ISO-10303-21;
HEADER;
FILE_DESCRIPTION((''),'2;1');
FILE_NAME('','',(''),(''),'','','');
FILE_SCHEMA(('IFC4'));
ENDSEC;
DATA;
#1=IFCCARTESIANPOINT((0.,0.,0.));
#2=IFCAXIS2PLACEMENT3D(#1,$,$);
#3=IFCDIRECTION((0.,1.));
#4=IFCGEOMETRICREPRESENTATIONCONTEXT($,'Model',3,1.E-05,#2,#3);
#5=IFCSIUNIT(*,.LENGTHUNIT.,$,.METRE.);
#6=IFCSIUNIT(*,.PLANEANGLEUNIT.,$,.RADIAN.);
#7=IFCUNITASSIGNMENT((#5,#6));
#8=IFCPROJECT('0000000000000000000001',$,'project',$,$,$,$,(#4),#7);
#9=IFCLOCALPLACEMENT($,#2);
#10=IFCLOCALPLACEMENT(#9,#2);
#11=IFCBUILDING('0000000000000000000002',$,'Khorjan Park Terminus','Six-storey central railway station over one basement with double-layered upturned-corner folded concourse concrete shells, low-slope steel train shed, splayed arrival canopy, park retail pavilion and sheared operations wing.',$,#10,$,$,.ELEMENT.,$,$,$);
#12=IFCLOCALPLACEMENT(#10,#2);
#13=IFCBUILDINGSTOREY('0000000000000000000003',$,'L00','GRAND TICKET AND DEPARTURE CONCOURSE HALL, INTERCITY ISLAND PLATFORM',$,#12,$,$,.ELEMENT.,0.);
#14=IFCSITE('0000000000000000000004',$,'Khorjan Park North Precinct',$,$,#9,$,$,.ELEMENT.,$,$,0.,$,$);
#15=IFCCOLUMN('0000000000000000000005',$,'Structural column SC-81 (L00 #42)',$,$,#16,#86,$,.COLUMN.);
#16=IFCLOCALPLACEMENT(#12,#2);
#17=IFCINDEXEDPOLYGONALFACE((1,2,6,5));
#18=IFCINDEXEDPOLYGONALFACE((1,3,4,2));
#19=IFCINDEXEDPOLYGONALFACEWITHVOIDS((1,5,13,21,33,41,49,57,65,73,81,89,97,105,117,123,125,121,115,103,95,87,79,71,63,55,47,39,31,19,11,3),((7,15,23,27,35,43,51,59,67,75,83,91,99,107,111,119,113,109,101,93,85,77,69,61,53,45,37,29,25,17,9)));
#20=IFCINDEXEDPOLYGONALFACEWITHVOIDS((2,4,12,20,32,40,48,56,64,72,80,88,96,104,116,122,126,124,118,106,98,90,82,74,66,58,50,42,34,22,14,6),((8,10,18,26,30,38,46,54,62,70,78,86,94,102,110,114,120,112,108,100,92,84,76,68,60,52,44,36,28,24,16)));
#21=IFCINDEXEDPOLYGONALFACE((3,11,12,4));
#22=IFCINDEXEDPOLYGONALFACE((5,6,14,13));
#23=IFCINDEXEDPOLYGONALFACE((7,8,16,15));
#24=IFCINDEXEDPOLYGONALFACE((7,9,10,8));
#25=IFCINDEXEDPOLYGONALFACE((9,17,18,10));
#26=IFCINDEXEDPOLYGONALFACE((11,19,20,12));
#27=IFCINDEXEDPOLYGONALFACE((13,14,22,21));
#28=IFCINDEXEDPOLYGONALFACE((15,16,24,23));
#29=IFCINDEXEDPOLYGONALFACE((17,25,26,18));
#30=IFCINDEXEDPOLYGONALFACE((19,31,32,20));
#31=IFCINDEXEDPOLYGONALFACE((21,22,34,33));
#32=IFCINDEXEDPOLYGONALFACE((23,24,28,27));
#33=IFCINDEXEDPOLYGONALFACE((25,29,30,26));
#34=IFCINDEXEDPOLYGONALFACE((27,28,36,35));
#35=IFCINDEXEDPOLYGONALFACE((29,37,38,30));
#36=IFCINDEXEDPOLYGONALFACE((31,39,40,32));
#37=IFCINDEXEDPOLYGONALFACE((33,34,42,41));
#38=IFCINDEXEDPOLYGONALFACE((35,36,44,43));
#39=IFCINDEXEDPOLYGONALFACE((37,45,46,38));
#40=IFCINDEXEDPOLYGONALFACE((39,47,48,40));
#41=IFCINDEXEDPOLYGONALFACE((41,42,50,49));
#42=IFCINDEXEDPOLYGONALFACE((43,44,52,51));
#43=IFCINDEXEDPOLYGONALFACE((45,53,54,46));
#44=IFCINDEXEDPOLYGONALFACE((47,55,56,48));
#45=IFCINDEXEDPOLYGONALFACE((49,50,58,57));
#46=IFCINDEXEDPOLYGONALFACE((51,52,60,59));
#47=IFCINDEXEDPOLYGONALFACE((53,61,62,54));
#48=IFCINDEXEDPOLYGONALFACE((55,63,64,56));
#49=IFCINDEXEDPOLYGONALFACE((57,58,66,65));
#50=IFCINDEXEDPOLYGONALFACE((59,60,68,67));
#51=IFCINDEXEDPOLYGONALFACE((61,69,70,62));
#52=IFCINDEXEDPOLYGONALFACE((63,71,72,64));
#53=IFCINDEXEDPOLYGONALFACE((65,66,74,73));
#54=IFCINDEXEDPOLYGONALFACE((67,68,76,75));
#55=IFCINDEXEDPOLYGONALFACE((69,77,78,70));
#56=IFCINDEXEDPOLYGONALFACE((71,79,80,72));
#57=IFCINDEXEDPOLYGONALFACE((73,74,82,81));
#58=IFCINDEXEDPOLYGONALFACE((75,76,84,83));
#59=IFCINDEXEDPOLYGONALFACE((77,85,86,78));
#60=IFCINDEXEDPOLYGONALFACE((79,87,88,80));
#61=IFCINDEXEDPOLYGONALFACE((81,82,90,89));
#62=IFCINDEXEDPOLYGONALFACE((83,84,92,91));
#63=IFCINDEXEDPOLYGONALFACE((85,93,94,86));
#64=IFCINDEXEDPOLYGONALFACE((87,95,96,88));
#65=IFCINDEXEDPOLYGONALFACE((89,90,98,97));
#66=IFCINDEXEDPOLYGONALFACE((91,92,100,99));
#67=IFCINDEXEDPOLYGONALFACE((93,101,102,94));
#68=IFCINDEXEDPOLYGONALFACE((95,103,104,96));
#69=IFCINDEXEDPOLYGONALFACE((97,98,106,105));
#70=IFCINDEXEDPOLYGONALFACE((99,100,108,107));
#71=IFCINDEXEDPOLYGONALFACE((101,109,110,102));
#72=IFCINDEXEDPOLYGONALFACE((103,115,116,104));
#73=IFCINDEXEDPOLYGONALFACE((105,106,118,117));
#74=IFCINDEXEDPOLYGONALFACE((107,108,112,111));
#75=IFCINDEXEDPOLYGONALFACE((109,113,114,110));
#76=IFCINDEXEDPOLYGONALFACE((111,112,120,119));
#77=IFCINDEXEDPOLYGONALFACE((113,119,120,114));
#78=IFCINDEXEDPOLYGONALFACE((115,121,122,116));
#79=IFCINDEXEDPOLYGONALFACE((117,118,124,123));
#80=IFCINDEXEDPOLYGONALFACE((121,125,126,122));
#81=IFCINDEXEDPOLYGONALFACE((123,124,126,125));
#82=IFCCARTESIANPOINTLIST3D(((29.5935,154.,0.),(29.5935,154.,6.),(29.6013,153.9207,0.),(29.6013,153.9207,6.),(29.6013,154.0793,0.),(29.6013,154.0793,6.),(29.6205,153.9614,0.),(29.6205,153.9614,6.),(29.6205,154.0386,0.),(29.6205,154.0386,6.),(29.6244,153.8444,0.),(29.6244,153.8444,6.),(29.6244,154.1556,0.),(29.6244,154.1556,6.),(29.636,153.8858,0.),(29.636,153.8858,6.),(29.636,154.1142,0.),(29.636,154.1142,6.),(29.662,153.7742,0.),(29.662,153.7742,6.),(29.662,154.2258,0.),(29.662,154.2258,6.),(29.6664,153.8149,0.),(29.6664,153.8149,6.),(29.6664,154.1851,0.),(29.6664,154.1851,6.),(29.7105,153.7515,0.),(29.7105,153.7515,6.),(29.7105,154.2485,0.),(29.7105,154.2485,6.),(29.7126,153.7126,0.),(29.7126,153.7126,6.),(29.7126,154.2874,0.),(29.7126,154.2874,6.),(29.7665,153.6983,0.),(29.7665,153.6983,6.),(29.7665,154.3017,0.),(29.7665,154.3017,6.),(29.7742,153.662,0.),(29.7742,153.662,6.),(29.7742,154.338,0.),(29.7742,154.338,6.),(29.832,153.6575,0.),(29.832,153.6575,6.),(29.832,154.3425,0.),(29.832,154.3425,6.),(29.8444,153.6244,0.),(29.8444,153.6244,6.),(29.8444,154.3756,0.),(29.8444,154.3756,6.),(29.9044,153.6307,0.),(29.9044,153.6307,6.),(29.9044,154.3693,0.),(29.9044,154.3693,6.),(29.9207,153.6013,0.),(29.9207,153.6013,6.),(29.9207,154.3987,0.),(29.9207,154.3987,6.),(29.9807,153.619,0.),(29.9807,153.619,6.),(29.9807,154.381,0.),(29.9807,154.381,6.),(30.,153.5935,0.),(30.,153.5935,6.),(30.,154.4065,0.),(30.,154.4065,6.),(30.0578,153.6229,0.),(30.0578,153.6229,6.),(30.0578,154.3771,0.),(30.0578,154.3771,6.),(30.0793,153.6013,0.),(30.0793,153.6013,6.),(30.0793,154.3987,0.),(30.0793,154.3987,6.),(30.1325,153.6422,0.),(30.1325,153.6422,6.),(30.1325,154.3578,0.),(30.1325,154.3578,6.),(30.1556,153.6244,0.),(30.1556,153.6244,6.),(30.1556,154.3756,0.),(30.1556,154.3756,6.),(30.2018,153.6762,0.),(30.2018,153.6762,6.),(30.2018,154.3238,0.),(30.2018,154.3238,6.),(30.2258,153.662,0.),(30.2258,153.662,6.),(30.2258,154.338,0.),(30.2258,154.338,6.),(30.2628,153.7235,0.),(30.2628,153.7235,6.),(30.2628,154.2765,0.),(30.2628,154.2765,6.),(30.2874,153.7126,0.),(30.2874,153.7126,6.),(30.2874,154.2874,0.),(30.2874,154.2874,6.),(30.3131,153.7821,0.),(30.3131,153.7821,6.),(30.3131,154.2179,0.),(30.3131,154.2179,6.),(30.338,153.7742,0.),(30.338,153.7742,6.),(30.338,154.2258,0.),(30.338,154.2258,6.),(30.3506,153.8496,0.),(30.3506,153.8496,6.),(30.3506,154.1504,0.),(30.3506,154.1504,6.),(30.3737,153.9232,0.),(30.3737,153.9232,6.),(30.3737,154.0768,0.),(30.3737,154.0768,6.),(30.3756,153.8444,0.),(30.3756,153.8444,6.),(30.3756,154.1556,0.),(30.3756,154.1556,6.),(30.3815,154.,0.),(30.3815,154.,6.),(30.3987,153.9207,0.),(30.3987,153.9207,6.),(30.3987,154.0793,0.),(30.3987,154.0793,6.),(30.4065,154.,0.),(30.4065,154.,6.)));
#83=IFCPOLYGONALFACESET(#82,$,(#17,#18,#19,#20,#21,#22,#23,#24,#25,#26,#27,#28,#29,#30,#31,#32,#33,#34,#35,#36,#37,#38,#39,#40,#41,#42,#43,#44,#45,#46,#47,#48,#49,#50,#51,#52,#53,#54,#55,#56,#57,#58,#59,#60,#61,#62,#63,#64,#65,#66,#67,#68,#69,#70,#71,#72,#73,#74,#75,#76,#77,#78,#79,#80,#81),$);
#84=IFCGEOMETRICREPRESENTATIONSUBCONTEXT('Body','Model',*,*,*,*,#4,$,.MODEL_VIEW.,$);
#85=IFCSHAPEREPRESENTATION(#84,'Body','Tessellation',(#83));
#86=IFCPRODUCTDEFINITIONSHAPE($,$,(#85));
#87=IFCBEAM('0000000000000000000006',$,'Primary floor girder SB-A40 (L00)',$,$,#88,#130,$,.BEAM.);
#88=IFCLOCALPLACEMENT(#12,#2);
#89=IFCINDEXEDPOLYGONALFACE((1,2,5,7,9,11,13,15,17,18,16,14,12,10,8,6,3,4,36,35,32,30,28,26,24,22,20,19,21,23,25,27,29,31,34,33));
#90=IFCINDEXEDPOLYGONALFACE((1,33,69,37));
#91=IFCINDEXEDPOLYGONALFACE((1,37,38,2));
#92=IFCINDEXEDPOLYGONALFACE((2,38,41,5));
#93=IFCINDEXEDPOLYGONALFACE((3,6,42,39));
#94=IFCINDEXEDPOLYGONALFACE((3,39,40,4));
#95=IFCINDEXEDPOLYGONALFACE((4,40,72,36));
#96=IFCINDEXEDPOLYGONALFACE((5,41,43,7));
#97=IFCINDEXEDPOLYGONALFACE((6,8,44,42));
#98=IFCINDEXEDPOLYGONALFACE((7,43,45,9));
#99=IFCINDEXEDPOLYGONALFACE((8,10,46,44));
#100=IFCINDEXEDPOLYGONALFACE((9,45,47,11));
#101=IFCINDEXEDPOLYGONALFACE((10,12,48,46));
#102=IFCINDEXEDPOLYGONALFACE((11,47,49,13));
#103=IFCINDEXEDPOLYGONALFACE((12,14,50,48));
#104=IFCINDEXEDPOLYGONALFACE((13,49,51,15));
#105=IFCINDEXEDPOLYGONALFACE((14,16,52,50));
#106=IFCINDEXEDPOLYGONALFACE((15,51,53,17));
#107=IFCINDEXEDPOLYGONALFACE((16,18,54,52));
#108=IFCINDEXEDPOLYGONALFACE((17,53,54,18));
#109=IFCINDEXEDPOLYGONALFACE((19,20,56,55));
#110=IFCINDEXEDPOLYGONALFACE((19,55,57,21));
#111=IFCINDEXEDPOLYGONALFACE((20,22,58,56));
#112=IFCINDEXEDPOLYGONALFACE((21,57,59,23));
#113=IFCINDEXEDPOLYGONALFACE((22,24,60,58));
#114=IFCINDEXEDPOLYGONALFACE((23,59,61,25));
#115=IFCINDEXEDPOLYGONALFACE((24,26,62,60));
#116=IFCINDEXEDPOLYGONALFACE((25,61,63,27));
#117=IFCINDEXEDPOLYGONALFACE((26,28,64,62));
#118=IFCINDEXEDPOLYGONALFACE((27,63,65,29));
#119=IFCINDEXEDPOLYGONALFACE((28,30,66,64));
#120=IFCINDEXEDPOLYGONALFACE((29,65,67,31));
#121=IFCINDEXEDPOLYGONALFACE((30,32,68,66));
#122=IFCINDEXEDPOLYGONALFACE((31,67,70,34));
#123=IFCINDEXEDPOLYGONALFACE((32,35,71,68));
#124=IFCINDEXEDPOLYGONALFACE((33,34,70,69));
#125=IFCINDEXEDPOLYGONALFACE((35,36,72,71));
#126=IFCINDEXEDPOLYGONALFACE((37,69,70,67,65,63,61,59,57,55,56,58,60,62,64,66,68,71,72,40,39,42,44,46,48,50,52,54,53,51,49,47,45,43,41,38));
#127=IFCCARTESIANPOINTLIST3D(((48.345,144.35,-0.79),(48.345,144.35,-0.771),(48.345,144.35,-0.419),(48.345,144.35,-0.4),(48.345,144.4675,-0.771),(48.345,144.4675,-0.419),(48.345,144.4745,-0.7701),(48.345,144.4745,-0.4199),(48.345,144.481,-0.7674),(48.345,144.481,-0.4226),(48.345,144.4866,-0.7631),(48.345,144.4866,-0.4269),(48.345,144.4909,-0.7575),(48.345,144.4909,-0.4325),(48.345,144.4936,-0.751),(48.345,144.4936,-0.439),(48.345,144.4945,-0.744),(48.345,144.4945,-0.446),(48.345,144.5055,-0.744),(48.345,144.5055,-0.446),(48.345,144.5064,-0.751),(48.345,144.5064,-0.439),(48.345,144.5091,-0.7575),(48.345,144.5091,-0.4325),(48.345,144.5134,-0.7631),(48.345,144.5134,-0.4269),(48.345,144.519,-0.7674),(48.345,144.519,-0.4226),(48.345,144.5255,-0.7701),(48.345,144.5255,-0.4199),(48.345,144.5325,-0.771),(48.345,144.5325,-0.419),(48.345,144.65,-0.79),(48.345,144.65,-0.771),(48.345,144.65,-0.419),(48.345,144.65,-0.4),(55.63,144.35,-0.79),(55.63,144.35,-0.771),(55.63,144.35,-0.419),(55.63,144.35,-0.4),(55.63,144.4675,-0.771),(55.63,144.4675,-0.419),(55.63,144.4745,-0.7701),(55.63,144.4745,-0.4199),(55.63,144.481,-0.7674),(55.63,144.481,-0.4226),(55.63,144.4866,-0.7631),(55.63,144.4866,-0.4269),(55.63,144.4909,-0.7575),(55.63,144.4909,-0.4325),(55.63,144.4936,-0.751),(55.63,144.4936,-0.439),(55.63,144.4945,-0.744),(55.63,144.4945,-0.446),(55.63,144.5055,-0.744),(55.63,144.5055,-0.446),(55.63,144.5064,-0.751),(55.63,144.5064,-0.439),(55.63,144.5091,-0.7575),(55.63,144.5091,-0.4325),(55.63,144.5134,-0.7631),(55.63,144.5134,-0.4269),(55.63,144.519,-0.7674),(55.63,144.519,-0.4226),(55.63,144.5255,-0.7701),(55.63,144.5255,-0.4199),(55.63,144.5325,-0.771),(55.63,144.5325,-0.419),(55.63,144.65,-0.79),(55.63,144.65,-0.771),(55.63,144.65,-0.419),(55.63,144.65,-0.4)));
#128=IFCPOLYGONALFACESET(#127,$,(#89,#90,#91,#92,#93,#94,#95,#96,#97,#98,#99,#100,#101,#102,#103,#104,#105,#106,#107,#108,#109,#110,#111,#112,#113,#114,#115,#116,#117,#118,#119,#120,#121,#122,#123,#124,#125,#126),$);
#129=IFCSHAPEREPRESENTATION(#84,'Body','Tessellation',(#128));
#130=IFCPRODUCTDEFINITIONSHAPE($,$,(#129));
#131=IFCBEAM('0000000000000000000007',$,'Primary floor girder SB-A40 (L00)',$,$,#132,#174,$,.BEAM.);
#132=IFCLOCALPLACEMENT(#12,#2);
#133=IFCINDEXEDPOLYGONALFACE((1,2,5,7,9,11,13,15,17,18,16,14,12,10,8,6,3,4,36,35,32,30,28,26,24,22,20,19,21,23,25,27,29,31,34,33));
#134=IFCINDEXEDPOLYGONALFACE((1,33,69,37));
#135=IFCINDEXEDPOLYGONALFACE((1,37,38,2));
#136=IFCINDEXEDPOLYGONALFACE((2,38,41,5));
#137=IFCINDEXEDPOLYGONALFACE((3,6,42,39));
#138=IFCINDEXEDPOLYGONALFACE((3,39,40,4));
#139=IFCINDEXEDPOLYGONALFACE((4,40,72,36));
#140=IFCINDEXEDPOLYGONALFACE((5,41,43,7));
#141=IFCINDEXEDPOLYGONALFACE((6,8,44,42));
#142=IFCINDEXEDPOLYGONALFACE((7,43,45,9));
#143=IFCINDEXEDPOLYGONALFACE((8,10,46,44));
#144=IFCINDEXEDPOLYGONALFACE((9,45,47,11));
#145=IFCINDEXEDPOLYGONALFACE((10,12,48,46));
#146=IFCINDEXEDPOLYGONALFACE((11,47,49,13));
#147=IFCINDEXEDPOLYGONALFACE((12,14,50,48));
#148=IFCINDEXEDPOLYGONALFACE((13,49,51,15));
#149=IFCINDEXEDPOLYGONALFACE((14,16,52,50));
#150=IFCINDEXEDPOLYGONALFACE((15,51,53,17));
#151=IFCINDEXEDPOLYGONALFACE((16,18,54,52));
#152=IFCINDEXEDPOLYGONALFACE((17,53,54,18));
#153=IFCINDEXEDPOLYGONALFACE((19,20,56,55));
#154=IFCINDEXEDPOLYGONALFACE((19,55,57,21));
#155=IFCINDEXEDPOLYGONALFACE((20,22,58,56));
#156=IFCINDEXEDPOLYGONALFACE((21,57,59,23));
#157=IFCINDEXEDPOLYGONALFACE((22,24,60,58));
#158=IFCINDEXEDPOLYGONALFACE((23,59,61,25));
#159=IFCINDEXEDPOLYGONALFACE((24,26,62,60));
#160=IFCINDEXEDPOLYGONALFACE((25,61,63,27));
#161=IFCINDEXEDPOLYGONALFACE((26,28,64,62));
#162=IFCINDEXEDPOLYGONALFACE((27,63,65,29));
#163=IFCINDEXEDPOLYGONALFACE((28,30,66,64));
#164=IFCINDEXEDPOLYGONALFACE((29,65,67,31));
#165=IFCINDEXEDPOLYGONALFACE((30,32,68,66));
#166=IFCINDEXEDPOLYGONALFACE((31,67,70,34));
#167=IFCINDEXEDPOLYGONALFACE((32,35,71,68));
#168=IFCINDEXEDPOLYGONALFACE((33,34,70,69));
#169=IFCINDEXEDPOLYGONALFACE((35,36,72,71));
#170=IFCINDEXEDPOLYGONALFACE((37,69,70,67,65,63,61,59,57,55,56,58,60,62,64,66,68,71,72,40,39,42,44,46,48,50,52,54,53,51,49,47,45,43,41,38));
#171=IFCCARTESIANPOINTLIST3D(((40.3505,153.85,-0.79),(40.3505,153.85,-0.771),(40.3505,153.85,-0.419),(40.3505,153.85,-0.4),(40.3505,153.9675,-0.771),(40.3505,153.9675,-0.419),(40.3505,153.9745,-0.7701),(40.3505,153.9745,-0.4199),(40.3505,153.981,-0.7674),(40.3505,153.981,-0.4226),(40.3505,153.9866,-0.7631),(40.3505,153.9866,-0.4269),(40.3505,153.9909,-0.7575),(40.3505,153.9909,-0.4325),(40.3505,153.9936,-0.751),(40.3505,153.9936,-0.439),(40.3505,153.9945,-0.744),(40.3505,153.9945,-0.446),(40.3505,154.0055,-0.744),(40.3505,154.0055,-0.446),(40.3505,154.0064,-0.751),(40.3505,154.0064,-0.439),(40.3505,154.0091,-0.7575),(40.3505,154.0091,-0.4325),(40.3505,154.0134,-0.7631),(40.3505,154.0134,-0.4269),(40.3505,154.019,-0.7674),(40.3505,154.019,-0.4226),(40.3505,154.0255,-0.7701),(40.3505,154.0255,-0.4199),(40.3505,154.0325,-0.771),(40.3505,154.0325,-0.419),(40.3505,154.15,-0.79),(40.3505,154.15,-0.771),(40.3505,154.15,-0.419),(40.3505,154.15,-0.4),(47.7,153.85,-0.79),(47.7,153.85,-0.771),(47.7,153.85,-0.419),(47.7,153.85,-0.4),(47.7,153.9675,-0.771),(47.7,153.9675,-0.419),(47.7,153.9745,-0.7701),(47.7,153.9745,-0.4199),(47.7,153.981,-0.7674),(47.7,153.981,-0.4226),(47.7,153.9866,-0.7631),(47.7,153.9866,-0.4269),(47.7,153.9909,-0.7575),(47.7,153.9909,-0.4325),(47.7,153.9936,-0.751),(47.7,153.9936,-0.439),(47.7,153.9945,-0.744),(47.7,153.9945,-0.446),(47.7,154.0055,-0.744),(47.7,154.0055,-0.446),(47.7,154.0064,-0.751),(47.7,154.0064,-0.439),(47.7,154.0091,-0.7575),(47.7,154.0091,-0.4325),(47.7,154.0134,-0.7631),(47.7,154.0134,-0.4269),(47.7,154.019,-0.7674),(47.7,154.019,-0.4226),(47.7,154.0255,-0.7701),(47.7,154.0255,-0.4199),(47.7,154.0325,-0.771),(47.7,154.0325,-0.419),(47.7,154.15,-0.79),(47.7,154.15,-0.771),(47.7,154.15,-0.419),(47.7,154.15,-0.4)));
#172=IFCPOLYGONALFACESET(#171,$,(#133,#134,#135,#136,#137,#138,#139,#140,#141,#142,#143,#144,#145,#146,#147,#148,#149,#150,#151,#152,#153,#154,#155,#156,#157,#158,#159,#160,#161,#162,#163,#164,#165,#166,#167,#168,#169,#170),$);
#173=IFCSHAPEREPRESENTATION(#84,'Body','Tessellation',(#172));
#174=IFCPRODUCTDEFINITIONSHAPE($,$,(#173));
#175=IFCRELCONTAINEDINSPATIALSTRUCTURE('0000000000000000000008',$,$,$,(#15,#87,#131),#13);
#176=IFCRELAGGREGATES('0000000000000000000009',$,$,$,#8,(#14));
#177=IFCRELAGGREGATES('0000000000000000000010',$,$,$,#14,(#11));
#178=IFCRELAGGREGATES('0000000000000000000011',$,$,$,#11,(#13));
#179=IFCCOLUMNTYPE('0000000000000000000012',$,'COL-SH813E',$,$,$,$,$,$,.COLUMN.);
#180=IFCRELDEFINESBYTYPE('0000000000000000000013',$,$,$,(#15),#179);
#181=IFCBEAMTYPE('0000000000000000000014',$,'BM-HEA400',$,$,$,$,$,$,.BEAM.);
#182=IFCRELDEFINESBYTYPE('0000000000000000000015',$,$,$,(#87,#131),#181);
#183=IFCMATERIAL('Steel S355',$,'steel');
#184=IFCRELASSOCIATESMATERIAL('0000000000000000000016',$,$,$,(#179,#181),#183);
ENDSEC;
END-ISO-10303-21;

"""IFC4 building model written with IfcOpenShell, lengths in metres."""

from ifc_helpers import new_model, si_unit, direction, frame, origin, origin_2d, place, context, subcontext, project, spatial, hollow_circle, i_section, extrude, material, material_profile, profile_set, type_object, element, save


model = new_model("IFC4")

# Units and contexts
model_context = context("Model", 3, precision=1e-05, world=origin(), true_north=direction((0.0, 1.0)))
body_context = subcontext(model_context, "Body", "Model", "MODEL_VIEW")
ifc_project = project(units=[si_unit("LENGTHUNIT", "METRE"), si_unit("PLANEANGLEUNIT", "RADIAN")], contexts=[model_context])

# Site, building, storey
site_placement = place(None, origin())
site = spatial("IfcSite", under=ifc_project, at=site_placement, Name="Khorjan Park North Precinct", CompositionType="ELEMENT", RefElevation=0.0)
building_placement = place(site_placement, origin())
building = spatial("IfcBuilding", under=site, at=building_placement, Name="Khorjan Park Terminus", Description="Six-storey central railway station over one basement with double-layered upturned-corner folded concourse concrete shells, low-slope steel train shed, splayed arrival canopy, park retail pavilion and sheared operations wing.", CompositionType="ELEMENT")
storey_placement = place(building_placement, origin())
storey = spatial("IfcBuildingStorey", under=building, at=storey_placement, Name="L00", Description="GRAND TICKET AND DEPARTURE CONCOURSE HALL, INTERCITY ISLAND PLATFORM", CompositionType="ELEMENT", Elevation=0.0)

# Column
ifc_material = material(Name="Steel S355", Category="steel")
ifc_material_profile_1 = material_profile(ifc_material, hollow_circle(Radius=0.4065, WallThickness=0.025, at=origin_2d()), Name="CHS 813x25")
ifc_profile_set_1 = profile_set([ifc_material_profile_1], Name="Steel S355")
column_type_1 = type_object("IfcColumnType", Name="COL-SH813E", PredefinedType="COLUMN", material=ifc_profile_set_1)
column_1_placement = place(storey_placement, frame((30.0, 154.0, 0.0), z_axis=(0.0, 0.0, 1.0), x_axis=(1.0, 0.0, 0.0)))
element("IfcColumn", 1, at=column_1_placement, inside=storey, type_object=column_type_1, Name="Structural column SC-81 (L00 #42)", PredefinedType="COLUMN", context=body_context, shape_type="SweptSolid", body=[
    extrude(hollow_circle(Radius=0.4065, WallThickness=0.025, at=origin_2d()), origin(), (0.0, 0.0, 1.0), 6.0),
])

# Beams
ifc_material_profile_2 = material_profile(ifc_material, i_section(OverallWidth=0.3, OverallDepth=0.39, WebThickness=0.011, FlangeThickness=0.019, FilletRadius=0.027, at=origin_2d()), Name="HEA 400")
ifc_profile_set_2 = profile_set([ifc_material_profile_2], Name="Steel S355")
beam_type_1 = type_object("IfcBeamType", Name="BM-HEA400", PredefinedType="BEAM", material=ifc_profile_set_2)
beam_1_placement = place(storey_placement, frame((48.345, 144.5, -0.595), z_axis=(1.0, 0.0, 0.0), x_axis=(0.0, 1.0, 0.0)))
element("IfcBeam", 2, at=beam_1_placement, inside=storey, type_object=beam_type_1, Name="Primary floor girder SB-A40 (L00)", PredefinedType="BEAM", context=body_context, shape_type="SweptSolid", body=[
    extrude(i_section(OverallWidth=0.3, OverallDepth=0.39, WebThickness=0.011, FlangeThickness=0.019, FilletRadius=0.027, at=origin_2d()), origin(), (0.0, 0.0, 1.0), 7.285),
])
beam_2_placement = place(storey_placement, frame((40.3505, 154.0, -0.595), z_axis=(1.0, 0.0, 0.0), x_axis=(0.0, 1.0, 0.0)))
element("IfcBeam", 3, at=beam_2_placement, inside=storey, type_object=beam_type_1, Name="Primary floor girder SB-A40 (L00)", PredefinedType="BEAM", context=body_context, shape_type="SweptSolid", body=[
    extrude(i_section(OverallWidth=0.3, OverallDepth=0.39, WebThickness=0.011, FlangeThickness=0.019, FilletRadius=0.027, at=origin_2d()), origin(), (0.0, 0.0, 1.0), 7.3495),
])

save(model, "model.ifc")
